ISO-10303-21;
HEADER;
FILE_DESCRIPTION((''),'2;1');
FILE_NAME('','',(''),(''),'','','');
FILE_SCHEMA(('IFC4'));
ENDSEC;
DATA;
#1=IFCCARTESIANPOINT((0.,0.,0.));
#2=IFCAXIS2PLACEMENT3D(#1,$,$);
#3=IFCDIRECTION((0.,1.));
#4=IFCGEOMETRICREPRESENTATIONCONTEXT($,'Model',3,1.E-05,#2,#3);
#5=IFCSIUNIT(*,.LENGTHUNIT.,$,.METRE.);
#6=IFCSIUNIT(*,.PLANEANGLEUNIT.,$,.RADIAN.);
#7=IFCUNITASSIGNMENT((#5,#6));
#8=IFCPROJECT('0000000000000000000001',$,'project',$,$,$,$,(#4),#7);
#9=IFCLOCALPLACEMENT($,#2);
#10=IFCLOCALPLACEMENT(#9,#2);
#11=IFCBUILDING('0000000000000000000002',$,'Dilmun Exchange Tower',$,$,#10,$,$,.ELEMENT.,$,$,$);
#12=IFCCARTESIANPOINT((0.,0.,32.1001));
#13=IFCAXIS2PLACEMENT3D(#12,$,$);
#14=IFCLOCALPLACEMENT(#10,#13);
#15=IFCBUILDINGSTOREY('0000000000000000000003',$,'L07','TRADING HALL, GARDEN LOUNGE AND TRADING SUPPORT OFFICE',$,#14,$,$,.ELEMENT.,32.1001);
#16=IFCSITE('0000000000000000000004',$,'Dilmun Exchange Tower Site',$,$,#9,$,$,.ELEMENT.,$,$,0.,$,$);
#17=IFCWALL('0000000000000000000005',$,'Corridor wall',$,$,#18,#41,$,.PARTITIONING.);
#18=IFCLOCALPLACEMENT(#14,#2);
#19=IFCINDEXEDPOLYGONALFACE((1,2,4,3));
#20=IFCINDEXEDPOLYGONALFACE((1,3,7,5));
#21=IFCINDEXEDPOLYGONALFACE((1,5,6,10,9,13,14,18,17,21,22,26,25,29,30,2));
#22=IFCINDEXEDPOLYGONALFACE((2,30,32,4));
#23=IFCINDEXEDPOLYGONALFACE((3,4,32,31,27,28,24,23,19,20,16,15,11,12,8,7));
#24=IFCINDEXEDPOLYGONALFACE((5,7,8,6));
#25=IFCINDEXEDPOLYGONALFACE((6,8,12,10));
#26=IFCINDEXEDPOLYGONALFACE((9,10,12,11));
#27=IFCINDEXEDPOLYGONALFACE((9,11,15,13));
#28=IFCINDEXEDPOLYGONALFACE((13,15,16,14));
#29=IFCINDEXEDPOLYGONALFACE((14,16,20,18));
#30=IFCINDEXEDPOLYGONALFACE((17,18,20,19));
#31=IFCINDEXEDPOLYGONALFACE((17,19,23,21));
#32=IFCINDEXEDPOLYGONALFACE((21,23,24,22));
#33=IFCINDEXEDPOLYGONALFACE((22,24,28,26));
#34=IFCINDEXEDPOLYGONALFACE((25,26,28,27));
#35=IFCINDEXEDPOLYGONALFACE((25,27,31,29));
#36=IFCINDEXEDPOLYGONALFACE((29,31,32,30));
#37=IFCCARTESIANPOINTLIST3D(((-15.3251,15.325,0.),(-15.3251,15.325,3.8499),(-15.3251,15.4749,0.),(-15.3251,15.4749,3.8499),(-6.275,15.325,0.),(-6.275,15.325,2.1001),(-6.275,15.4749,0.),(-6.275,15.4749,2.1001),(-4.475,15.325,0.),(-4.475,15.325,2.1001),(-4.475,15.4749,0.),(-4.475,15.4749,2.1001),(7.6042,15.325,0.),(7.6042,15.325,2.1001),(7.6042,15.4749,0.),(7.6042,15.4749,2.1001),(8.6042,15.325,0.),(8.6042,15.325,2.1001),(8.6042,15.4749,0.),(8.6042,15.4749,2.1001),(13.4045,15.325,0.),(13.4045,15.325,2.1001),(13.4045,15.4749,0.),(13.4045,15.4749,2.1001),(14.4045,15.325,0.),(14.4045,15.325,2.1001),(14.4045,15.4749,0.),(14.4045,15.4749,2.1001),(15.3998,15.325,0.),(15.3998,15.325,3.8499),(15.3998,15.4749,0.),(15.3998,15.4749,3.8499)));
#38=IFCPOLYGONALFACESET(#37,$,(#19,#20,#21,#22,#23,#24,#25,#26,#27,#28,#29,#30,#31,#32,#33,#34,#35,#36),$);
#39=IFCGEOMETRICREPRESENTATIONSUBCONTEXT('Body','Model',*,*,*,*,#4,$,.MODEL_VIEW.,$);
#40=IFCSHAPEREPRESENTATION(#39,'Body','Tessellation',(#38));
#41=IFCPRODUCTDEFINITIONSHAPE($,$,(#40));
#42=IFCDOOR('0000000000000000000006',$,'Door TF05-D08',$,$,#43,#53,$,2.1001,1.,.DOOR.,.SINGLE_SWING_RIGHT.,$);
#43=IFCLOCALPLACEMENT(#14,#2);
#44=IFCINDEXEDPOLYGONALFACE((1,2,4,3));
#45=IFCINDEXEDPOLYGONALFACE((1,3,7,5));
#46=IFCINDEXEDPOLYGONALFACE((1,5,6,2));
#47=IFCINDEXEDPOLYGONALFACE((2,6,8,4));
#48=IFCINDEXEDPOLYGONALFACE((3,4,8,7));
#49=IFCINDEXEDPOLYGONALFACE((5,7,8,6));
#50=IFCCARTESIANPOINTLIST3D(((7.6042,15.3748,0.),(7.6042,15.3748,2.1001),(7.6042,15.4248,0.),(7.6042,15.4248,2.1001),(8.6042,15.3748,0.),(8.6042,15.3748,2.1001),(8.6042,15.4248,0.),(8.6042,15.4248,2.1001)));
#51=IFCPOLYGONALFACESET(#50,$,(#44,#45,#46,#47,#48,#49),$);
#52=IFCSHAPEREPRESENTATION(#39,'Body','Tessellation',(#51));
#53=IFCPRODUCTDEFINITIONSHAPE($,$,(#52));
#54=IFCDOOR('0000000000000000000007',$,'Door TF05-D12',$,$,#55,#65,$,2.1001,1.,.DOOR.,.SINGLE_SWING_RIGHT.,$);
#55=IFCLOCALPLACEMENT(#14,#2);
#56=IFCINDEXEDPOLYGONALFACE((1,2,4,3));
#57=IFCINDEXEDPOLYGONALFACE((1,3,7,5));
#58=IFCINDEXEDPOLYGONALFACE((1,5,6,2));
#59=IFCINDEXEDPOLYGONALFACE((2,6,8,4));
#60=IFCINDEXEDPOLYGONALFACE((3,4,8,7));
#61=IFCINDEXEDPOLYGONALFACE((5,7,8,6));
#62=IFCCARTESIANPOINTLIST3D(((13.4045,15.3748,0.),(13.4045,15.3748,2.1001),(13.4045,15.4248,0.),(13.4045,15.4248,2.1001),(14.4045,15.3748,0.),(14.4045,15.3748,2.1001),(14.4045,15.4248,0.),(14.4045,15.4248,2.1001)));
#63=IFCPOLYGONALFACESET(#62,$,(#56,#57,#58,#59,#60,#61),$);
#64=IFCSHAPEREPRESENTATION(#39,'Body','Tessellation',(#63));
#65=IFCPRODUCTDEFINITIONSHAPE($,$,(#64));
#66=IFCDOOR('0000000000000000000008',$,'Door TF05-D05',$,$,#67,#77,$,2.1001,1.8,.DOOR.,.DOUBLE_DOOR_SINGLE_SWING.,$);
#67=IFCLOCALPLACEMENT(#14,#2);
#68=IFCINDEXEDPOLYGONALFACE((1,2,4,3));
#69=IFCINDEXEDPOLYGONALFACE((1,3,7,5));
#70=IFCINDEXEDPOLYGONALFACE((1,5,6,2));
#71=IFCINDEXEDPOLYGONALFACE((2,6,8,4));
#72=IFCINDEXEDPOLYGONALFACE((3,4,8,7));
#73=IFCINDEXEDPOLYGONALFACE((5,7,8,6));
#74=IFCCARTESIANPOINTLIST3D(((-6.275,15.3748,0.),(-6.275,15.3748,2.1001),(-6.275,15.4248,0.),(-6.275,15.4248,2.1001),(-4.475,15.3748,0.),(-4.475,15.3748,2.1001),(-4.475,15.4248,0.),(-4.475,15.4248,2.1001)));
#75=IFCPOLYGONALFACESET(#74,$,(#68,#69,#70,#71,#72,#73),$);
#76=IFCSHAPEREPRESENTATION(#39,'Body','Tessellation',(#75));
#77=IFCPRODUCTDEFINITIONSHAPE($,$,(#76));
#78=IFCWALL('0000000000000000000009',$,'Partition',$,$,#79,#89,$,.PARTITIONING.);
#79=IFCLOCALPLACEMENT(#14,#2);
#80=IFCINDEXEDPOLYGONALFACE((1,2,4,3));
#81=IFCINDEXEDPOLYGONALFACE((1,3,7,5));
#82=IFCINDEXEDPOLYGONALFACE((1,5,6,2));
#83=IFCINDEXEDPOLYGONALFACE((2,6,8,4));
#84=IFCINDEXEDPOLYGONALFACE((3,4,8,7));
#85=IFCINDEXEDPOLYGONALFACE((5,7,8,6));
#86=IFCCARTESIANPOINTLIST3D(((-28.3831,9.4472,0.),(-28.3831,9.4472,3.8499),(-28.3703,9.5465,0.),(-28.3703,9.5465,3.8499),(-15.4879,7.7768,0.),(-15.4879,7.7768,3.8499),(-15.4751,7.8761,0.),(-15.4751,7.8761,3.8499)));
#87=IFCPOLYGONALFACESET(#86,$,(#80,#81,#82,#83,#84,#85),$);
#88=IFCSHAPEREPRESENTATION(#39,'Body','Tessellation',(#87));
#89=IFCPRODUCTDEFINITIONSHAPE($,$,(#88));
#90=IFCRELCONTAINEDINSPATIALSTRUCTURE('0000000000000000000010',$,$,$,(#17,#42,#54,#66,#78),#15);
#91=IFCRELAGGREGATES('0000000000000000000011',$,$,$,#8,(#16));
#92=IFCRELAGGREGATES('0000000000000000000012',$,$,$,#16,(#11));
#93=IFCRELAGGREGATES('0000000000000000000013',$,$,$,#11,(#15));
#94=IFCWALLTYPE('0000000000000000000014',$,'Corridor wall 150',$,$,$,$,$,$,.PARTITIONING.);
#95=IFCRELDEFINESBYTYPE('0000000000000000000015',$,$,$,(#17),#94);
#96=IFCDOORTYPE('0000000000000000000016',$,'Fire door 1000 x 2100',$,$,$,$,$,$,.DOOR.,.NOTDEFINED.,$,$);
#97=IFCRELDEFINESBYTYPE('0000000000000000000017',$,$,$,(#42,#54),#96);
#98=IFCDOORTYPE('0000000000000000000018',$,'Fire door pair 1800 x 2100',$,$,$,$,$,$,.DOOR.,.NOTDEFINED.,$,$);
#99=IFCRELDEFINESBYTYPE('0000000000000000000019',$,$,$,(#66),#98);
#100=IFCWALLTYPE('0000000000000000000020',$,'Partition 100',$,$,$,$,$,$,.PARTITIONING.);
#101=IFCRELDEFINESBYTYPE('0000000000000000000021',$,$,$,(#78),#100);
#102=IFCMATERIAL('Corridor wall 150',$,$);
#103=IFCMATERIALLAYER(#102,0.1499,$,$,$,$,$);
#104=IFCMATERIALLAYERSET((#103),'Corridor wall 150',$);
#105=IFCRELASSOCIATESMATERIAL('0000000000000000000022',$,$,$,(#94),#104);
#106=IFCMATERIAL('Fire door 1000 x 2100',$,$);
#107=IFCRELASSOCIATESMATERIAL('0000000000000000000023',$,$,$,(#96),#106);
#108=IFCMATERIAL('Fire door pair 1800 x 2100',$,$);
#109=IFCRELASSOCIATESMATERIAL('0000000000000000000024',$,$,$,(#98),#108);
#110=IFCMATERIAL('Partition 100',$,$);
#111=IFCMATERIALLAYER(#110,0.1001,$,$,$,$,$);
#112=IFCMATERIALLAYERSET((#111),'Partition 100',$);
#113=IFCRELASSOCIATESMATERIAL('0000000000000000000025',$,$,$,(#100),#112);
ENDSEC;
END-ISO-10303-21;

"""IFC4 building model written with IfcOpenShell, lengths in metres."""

from ifc_helpers import new_model, si_unit, direction, frame, frame_2d, origin, place, context, subcontext, project, spatial, rectangle, extrude, material, layer, layer_set, type_object, element, fill, save


model = new_model("IFC4")

# Units and contexts
model_context = context("Model", 3, precision=1e-05, world=origin(), true_north=direction((0.0, 1.0)))
body_context = subcontext(model_context, "Body", "Model", "MODEL_VIEW")
ifc_project = project(units=[si_unit("LENGTHUNIT", "METRE"), si_unit("PLANEANGLEUNIT", "RADIAN")], contexts=[model_context])

# Site, building, storey
site_placement = place(None, origin())
site = spatial("IfcSite", under=ifc_project, at=site_placement, Name="Dilmun Exchange Tower Site", CompositionType="ELEMENT", RefElevation=0.0)
building_placement = place(site_placement, origin())
building = spatial("IfcBuilding", under=site, at=building_placement, Name="Dilmun Exchange Tower", CompositionType="ELEMENT")
storey_placement = place(building_placement, frame((0.0, 0.0, 32.1001)))
storey = spatial("IfcBuildingStorey", under=building, at=storey_placement, Name="L07", Description="TRADING HALL, GARDEN LOUNGE AND TRADING SUPPORT OFFICE", CompositionType="ELEMENT", Elevation=32.1001)

# Wall, openings, doors
ifc_material_1 = material(Name="Corridor wall 150")
ifc_layer_1 = layer(ifc_material_1, 0.1499)
ifc_layer_set_1 = layer_set([ifc_layer_1], Name="Corridor wall 150")
wall_type_1 = type_object("IfcWallType", Name="Corridor wall 150", PredefinedType="PARTITIONING", material=ifc_layer_set_1)
wall_1_placement = place(storey_placement, frame((-15.325, 15.3999, 0.0), z_axis=(0.0, 0.0, 1.0), x_axis=(1.0, 0.0, 0.0)))
wall_1 = element("IfcWall", 1, at=wall_1_placement, inside=storey, type_object=wall_type_1, Name="Corridor wall", PredefinedType="PARTITIONING", context=body_context, shape_type="SweptSolid", body=[
    extrude(rectangle(XDim=30.7249, YDim=0.1499, at=frame_2d((15.3623, 0.0))), origin(), (0.0, 0.0, 1.0), 3.8499),
])
opening_1_placement = place(wall_1_placement, frame((9.05, 0.0, 0.0)))
opening_1 = element("IfcOpeningElement", 2, at=opening_1_placement, cuts=wall_1, PredefinedType="OPENING", context=body_context, shape_type="SweptSolid", body=[
    extrude(rectangle(XDim=1.8, YDim=2.1001, at=frame_2d((0.8999, 1.05))), frame((0.0, 0.085, 0.0), z_axis=(0.0, -1.0, 0.0), x_axis=(1.0, 0.0, 0.0)), (0.0, 0.0, 1.0), 0.1699),
])
opening_2_placement = place(wall_1_placement, frame((22.9292, 0.0, 0.0)))
opening_2 = element("IfcOpeningElement", 3, at=opening_2_placement, cuts=wall_1, PredefinedType="OPENING", context=body_context, shape_type="SweptSolid", body=[
    extrude(rectangle(XDim=1.0, YDim=2.1001, at=frame_2d((0.5, 1.05))), frame((0.0, 0.085, 0.0), z_axis=(0.0, -1.0, 0.0), x_axis=(1.0, 0.0, 0.0)), (0.0, 0.0, 1.0), 0.1699),
])
opening_3_placement = place(wall_1_placement, frame((28.7295, 0.0, 0.0)))
opening_3 = element("IfcOpeningElement", 4, at=opening_3_placement, cuts=wall_1, PredefinedType="OPENING", context=body_context, shape_type="SweptSolid", body=[
    extrude(rectangle(XDim=1.0, YDim=2.1001, at=frame_2d((0.5, 1.05))), frame((0.0, 0.085, 0.0), z_axis=(0.0, -1.0, 0.0), x_axis=(1.0, 0.0, 0.0)), (0.0, 0.0, 1.0), 0.1699),
])
ifc_material_2 = material(Name="Fire door 1000 x 2100")
door_type_1 = type_object("IfcDoorType", Name="Fire door 1000 x 2100", OperationType="NOTDEFINED", PredefinedType="DOOR", material=ifc_material_2)
door_1_placement = place(opening_2_placement, origin())
door_1 = element("IfcDoor", 5, at=door_1_placement, inside=storey, type_object=door_type_1, Name="Door TF05-D08", OperationType="SINGLE_SWING_RIGHT", OverallHeight=2.1001, OverallWidth=1.0, PredefinedType="DOOR", context=body_context, shape_type="SweptSolid", body=[
    extrude(rectangle(XDim=1.0, YDim=2.1001, at=frame_2d((0.5, 1.05))), frame((0.0, 0.0249, 0.0), z_axis=(0.0, -1.0, 0.0), x_axis=(1.0, 0.0, 0.0)), (0.0, 0.0, 1.0), 0.05),
])
fill(opening_2, door_1)
door_2_placement = place(opening_3_placement, origin())
door_2 = element("IfcDoor", 6, at=door_2_placement, inside=storey, type_object=door_type_1, Name="Door TF05-D12", OperationType="SINGLE_SWING_RIGHT", OverallHeight=2.1001, OverallWidth=1.0, PredefinedType="DOOR", context=body_context, shape_type="SweptSolid", body=[
    extrude(rectangle(XDim=1.0, YDim=2.1001, at=frame_2d((0.5, 1.05))), frame((0.0, 0.0249, 0.0), z_axis=(0.0, -1.0, 0.0), x_axis=(1.0, 0.0, 0.0)), (0.0, 0.0, 1.0), 0.05),
])
fill(opening_3, door_2)
ifc_material_3 = material(Name="Fire door pair 1800 x 2100")
door_type_2 = type_object("IfcDoorType", Name="Fire door pair 1800 x 2100", OperationType="NOTDEFINED", PredefinedType="DOOR", material=ifc_material_3)
door_3_placement = place(opening_1_placement, origin())
door_3 = element("IfcDoor", 7, at=door_3_placement, inside=storey, type_object=door_type_2, Name="Door TF05-D05", OperationType="DOUBLE_DOOR_SINGLE_SWING", OverallHeight=2.1001, OverallWidth=1.8, PredefinedType="DOOR", context=body_context, shape_type="SweptSolid", body=[
    extrude(rectangle(XDim=1.8, YDim=2.1001, at=frame_2d((0.8999, 1.05))), frame((0.0, 0.0249, 0.0), z_axis=(0.0, -1.0, 0.0), x_axis=(1.0, 0.0, 0.0)), (0.0, 0.0, 1.0), 0.05),
])
fill(opening_1, door_3)

# Wall
ifc_material_4 = material(Name="Partition 100")
ifc_layer_2 = layer(ifc_material_4, 0.1001)
ifc_layer_set_2 = layer_set([ifc_layer_2], Name="Partition 100")
wall_type_2 = type_object("IfcWallType", Name="Partition 100", PredefinedType="PARTITIONING", material=ifc_layer_set_2)
wall_2_placement = place(storey_placement, frame((-28.3767, 9.4968, 0.0), z_axis=(0.0, 0.0, 1.0), x_axis=(0.991714, -0.128463, 0.0)))
element("IfcWall", 8, at=wall_2_placement, inside=storey, type_object=wall_type_2, Name="Partition", PredefinedType="PARTITIONING", context=body_context, shape_type="SweptSolid", body=[
    extrude(rectangle(XDim=13.0029, YDim=0.1001, at=frame_2d((6.5015, 0.0))), origin(), (0.0, 0.0, 1.0), 3.8499),
])

save(model, "model.ifc")
